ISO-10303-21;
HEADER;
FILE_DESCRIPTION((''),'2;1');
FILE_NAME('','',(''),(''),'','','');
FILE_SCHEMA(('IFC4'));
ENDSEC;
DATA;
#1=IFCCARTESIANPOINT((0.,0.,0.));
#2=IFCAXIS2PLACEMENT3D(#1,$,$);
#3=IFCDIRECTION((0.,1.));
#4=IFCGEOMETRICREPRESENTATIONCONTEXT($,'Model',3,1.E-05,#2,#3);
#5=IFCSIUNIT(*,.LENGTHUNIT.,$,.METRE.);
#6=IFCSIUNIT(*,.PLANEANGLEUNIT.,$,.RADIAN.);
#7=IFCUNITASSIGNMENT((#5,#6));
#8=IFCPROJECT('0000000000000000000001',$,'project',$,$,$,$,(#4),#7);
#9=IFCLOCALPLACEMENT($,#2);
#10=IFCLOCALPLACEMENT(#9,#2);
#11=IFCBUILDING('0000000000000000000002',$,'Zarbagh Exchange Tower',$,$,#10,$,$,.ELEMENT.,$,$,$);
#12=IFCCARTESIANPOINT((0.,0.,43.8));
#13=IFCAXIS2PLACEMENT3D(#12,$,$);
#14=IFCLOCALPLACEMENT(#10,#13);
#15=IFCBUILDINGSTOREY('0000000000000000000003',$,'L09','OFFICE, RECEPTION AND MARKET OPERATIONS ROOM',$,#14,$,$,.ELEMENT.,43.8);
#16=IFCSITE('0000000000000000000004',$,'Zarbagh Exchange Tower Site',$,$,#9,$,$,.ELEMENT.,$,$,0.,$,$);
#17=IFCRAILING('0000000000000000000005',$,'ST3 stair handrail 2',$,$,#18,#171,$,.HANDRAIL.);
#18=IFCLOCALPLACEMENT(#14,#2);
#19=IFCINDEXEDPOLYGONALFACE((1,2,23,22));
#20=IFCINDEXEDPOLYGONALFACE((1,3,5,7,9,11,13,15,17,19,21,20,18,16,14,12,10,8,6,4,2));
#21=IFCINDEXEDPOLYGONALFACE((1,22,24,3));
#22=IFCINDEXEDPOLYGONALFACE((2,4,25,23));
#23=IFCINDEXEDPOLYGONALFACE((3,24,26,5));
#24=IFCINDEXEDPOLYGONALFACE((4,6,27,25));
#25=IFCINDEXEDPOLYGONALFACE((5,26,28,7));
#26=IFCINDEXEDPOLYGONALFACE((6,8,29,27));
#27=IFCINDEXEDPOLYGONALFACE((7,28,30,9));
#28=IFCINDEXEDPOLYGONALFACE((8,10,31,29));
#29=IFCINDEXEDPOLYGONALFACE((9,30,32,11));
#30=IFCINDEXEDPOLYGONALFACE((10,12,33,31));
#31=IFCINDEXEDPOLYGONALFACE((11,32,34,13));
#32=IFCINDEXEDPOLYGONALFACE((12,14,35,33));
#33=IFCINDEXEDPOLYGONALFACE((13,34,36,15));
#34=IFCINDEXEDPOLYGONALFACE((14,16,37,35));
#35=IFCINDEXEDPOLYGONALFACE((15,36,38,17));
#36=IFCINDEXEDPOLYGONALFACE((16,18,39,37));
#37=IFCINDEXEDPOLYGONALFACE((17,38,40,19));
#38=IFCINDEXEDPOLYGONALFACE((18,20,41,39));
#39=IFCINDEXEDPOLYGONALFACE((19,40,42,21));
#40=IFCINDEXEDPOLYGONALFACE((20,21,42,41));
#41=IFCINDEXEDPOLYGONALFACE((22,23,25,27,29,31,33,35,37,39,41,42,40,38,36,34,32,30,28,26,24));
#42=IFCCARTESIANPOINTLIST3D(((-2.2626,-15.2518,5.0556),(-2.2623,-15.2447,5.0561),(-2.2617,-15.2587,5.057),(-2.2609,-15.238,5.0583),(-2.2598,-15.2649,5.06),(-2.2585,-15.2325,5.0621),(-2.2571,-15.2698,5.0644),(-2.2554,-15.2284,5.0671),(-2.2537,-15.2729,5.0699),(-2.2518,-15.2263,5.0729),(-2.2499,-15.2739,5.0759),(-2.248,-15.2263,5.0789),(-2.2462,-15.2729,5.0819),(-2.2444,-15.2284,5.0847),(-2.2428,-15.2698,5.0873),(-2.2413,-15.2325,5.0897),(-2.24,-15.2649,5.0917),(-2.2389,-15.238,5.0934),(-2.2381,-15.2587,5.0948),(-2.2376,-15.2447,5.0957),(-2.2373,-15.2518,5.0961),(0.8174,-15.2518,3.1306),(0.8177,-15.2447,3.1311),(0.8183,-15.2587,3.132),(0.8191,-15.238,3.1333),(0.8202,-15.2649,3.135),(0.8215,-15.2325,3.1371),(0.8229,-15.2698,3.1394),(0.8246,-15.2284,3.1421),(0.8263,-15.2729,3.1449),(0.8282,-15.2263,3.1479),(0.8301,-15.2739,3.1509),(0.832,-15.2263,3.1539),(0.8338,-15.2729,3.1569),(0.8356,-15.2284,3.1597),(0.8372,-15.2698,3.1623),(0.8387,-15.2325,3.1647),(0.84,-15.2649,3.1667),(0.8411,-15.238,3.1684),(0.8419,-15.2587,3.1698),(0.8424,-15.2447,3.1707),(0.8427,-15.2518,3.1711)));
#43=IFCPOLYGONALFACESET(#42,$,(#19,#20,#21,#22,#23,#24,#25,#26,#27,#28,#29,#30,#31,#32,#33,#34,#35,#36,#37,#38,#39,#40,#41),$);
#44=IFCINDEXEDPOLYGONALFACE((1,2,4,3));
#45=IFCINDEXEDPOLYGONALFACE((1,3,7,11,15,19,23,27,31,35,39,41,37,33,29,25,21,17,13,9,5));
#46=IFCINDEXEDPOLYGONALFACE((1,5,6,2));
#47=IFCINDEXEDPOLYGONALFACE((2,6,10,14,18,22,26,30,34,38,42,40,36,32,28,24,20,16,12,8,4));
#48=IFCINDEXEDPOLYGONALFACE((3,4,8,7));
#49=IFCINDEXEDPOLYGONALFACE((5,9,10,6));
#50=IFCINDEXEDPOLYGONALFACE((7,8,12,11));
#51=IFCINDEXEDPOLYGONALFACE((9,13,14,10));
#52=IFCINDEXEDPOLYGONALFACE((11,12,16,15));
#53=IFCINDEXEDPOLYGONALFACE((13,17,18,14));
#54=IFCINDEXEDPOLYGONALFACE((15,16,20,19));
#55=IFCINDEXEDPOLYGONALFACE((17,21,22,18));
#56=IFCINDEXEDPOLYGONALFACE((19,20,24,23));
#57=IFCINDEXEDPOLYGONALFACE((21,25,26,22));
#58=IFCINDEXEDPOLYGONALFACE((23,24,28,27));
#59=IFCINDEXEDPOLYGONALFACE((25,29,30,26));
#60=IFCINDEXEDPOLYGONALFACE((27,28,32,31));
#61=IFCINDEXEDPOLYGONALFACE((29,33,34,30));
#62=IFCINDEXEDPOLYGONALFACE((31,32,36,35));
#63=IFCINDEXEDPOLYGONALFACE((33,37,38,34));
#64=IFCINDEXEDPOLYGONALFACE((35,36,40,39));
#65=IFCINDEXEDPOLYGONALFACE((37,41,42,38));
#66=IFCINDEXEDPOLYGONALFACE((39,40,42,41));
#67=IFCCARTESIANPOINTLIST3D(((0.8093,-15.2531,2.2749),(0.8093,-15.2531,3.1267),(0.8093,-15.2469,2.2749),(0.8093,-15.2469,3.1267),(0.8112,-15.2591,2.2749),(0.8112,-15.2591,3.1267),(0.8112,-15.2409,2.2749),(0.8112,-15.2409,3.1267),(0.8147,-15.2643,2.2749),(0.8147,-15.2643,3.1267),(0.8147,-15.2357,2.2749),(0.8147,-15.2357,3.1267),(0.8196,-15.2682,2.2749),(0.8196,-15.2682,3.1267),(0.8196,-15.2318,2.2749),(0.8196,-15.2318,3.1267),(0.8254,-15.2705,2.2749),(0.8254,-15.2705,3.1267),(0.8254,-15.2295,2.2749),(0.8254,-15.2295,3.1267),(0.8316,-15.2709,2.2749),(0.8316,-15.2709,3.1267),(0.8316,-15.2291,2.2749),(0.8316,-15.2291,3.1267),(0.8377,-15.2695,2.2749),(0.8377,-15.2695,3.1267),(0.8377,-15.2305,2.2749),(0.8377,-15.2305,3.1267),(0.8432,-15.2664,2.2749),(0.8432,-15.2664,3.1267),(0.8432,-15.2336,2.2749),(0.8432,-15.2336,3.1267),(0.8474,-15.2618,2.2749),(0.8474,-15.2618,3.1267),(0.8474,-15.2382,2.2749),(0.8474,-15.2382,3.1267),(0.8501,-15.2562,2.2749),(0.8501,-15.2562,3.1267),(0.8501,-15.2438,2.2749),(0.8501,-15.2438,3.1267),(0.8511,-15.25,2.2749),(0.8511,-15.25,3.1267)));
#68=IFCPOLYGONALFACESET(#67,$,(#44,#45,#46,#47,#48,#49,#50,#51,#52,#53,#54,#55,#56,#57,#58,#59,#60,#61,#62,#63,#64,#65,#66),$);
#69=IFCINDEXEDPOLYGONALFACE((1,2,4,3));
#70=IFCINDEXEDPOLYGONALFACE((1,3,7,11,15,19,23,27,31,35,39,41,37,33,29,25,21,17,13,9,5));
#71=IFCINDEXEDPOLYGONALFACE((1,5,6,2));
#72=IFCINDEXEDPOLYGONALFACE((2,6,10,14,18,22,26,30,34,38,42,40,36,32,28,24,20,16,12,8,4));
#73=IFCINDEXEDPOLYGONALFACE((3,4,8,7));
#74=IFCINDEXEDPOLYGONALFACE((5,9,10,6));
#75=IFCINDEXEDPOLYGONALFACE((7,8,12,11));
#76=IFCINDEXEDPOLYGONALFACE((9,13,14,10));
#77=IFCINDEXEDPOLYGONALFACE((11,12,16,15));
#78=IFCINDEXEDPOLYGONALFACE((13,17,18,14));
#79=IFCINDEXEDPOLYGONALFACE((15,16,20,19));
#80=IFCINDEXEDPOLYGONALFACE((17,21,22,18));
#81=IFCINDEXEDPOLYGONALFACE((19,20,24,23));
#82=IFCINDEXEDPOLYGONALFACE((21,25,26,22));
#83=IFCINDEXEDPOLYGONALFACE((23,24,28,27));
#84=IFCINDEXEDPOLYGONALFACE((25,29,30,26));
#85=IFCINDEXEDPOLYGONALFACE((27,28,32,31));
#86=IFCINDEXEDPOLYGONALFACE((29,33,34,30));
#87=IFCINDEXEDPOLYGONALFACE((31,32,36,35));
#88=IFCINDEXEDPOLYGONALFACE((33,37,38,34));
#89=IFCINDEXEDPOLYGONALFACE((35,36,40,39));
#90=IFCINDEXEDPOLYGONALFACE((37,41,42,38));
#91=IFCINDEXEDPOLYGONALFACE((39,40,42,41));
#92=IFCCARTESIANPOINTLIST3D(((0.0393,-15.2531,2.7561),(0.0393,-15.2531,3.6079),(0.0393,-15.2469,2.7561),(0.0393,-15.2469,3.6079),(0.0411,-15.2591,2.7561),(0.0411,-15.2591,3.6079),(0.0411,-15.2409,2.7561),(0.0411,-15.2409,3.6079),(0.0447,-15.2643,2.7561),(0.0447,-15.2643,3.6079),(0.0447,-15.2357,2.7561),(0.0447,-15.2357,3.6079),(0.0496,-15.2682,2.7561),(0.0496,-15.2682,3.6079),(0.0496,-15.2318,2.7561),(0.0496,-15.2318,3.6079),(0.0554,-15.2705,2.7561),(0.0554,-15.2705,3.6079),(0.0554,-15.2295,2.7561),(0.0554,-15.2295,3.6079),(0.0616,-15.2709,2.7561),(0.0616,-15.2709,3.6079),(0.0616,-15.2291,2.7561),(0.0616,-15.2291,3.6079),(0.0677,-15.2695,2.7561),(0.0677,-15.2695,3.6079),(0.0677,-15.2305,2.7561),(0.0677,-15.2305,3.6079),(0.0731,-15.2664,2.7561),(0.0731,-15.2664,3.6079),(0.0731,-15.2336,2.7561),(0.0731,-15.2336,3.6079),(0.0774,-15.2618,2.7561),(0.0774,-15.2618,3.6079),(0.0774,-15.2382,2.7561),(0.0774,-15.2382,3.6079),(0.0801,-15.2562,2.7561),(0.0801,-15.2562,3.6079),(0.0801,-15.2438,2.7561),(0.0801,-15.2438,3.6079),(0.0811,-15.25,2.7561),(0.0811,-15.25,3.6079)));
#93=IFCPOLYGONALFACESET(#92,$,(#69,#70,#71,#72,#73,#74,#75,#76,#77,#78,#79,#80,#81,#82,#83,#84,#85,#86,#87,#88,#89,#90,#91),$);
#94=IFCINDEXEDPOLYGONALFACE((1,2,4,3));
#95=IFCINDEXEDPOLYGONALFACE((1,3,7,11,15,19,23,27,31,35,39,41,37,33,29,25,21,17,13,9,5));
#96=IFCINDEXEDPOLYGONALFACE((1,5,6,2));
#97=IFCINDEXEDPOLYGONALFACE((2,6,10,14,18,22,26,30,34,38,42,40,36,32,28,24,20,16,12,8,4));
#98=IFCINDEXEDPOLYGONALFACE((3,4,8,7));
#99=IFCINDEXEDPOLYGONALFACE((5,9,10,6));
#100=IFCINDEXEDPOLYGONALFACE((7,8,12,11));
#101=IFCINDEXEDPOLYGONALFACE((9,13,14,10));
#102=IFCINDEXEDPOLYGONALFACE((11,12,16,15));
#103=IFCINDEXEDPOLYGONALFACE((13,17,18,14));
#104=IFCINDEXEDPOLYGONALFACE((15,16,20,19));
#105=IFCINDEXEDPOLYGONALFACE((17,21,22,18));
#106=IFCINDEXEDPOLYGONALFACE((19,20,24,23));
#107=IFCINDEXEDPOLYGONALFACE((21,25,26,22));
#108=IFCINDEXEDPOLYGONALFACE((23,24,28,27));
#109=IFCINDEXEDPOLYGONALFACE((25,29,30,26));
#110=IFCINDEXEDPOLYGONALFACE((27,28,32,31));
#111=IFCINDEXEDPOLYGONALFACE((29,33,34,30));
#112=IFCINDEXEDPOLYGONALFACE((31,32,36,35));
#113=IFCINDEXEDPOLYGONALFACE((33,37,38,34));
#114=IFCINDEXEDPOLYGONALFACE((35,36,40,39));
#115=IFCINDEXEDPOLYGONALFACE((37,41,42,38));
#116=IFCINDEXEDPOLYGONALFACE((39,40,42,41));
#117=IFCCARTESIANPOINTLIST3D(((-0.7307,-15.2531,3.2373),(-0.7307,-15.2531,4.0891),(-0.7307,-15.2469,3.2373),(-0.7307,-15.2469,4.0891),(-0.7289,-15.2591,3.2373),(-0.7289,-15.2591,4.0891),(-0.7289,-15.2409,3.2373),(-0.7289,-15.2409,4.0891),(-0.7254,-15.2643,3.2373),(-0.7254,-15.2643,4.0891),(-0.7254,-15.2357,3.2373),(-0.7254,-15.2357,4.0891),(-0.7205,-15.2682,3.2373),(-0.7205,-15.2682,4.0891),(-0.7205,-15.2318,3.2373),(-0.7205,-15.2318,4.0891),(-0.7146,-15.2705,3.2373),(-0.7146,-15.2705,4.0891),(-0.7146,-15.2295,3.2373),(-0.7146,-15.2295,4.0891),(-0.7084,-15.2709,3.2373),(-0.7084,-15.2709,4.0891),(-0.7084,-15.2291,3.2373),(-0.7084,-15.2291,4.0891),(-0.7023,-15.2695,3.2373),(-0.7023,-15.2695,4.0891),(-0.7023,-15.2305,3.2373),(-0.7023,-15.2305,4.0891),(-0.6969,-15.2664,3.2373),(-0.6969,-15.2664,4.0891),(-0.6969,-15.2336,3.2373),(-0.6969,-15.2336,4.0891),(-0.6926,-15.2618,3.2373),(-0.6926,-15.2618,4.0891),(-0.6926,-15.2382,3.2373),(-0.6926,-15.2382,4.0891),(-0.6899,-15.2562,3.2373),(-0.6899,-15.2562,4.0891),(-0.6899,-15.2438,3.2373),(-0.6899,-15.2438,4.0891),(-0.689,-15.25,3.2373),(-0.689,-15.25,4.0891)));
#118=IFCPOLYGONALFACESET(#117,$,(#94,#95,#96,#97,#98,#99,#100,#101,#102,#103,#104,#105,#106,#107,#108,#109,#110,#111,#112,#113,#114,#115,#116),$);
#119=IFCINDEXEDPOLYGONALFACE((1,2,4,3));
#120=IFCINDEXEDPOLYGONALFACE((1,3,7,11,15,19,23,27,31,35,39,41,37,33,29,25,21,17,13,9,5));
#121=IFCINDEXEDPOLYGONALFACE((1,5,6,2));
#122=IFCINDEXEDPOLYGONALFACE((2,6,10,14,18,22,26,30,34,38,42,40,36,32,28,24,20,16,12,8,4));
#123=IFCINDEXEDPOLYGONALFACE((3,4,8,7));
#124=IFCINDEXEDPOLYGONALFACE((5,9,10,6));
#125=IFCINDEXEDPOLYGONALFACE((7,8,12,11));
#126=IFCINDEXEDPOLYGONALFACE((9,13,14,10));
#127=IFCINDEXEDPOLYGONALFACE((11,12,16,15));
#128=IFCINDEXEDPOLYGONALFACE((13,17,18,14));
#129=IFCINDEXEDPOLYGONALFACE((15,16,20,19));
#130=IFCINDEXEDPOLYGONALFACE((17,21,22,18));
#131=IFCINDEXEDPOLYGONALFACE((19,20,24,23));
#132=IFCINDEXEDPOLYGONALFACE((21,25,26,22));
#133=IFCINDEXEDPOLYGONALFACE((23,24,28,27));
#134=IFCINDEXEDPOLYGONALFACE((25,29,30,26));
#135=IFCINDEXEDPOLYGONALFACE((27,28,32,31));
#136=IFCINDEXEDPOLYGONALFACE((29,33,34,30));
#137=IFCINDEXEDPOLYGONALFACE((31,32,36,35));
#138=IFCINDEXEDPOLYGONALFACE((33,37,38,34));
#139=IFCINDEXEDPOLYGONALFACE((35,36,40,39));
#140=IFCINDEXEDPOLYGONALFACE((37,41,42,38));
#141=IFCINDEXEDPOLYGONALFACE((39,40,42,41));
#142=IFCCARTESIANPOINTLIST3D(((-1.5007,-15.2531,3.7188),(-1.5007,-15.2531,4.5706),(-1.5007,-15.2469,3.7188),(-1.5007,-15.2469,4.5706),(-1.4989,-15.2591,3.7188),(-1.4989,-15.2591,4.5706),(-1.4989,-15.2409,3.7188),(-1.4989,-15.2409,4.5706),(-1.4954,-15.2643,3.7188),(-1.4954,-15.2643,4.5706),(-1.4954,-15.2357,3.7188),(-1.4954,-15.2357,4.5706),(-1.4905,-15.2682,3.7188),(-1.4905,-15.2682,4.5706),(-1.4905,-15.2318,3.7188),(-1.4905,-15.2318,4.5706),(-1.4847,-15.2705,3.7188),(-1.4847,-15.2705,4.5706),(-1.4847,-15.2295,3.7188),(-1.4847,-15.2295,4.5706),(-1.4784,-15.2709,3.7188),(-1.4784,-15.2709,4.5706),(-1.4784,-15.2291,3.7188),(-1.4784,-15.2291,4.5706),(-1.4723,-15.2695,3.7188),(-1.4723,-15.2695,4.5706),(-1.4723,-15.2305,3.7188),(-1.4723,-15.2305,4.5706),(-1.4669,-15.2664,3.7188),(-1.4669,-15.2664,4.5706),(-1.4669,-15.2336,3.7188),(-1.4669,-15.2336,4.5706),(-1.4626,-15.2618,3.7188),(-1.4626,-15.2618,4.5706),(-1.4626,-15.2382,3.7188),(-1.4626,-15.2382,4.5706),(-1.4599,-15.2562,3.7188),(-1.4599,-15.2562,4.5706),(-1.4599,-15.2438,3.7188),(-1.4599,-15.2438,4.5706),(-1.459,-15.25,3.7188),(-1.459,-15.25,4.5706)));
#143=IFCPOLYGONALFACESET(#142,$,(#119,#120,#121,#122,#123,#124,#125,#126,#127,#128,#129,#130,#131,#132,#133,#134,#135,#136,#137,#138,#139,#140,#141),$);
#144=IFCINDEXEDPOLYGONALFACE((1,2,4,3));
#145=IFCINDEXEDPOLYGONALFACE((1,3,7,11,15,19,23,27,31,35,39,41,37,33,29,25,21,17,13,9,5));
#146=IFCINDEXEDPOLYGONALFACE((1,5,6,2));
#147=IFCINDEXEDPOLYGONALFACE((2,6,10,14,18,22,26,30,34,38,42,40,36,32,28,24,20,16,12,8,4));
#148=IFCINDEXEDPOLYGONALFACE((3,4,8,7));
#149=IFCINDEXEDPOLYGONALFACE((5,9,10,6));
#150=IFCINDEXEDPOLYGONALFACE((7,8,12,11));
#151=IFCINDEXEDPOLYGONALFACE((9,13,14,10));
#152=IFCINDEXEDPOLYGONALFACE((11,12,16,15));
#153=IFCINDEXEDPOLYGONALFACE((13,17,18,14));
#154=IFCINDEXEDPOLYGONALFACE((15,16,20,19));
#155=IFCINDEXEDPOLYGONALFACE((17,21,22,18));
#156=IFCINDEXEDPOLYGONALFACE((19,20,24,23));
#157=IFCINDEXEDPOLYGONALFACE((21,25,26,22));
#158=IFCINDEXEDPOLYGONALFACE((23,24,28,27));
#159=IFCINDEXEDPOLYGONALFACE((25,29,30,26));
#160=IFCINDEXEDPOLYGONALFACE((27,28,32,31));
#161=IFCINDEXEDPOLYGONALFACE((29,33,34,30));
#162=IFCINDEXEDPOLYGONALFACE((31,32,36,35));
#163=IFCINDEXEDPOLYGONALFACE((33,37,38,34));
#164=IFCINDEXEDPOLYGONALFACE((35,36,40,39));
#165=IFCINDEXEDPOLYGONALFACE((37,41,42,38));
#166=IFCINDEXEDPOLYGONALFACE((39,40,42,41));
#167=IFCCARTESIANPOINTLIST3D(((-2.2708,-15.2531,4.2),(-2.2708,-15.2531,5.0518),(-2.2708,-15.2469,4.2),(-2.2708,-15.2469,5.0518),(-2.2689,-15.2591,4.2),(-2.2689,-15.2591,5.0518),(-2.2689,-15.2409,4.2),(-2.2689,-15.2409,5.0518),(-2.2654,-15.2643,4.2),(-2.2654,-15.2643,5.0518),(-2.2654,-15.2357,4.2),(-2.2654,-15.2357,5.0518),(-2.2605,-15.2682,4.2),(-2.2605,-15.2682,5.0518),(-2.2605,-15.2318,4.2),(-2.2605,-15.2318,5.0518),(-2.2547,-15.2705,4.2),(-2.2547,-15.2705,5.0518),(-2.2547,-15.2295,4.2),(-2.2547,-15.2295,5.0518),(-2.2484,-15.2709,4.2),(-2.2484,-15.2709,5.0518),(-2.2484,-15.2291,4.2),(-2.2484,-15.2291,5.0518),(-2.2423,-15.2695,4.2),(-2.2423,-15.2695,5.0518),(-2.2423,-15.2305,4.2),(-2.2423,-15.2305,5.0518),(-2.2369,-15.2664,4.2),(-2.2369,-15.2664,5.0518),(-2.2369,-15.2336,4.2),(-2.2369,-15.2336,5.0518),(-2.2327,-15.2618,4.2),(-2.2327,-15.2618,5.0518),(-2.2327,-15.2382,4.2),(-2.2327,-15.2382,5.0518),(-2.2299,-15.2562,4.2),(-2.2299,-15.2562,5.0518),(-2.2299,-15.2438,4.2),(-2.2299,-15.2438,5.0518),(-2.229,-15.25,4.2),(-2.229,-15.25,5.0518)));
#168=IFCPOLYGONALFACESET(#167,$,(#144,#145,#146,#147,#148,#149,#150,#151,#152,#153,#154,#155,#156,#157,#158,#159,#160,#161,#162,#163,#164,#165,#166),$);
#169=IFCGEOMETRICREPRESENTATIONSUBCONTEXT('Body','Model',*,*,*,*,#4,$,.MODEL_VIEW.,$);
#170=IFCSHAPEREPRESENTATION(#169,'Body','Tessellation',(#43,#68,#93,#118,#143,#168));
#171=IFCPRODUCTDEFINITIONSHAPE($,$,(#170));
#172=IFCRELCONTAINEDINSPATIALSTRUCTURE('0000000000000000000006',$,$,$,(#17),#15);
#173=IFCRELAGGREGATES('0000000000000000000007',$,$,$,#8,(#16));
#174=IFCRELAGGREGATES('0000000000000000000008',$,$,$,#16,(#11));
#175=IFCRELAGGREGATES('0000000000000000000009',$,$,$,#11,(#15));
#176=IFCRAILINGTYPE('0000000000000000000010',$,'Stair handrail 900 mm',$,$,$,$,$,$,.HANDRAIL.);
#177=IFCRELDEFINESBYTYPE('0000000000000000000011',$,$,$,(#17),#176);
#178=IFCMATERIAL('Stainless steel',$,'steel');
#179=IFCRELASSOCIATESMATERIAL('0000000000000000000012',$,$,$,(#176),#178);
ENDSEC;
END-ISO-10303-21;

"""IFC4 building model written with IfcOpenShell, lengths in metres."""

from ifc_helpers import new_model, si_unit, direction, frame, origin, origin_2d, place, context, subcontext, project, spatial, circle, extrude, material, type_object, element, save


model = new_model("IFC4")

# Units and contexts
model_context = context("Model", 3, precision=1e-05, world=origin(), true_north=direction((0.0, 1.0)))
body_context = subcontext(model_context, "Body", "Model", "MODEL_VIEW")
ifc_project = project(units=[si_unit("LENGTHUNIT", "METRE"), si_unit("PLANEANGLEUNIT", "RADIAN")], contexts=[model_context])

# Site, building, storey
site_placement = place(None, origin())
site = spatial("IfcSite", under=ifc_project, at=site_placement, Name="Zarbagh Exchange Tower Site", CompositionType="ELEMENT", RefElevation=0.0)
building_placement = place(site_placement, origin())
building = spatial("IfcBuilding", under=site, at=building_placement, Name="Zarbagh Exchange Tower", CompositionType="ELEMENT")
storey_placement = place(building_placement, frame((0.0, 0.0, 43.8)))
storey = spatial("IfcBuildingStorey", under=building, at=storey_placement, Name="L09", Description="OFFICE, RECEPTION AND MARKET OPERATIONS ROOM", CompositionType="ELEMENT", Elevation=43.8)

# Railing
ifc_material_1 = material(Name="Stainless steel", Category="steel")
railing_type_1 = type_object("IfcRailingType", Name="Stair handrail 900 mm", PredefinedType="HANDRAIL", material=ifc_material_1)
railing_1_placement = place(storey_placement, frame((0.8301, -15.25, 2.2749)))
element("IfcRailing", 1, at=railing_1_placement, inside=storey, type_object=railing_type_1, Name="ST3 stair handrail 2", PredefinedType="HANDRAIL", context=body_context, shape_type="SweptSolid", body=[
    extrude(circle(Radius=0.0239, at=origin_2d()), frame((0.0, 0.0, 0.876), z_axis=(-0.847998, 0.0, 0.529999), x_axis=(0.0, -1.0, 0.0)), (0.0, 0.0, 1.0), 3.6321),
    extrude(circle(Radius=0.021, at=origin_2d()), origin(), (0.0, 0.0, 1.0), 0.8518),
    extrude(circle(Radius=0.021, at=origin_2d()), frame((-0.77, 0.0, 0.4812)), (0.0, 0.0, 1.0), 0.8518),
    extrude(circle(Radius=0.021, at=origin_2d()), frame((-1.54, 0.0, 0.9624)), (0.0, 0.0, 1.0), 0.8518),
    extrude(circle(Radius=0.021, at=origin_2d()), frame((-2.3101, 0.0, 1.4438)), (0.0, 0.0, 1.0), 0.8518),
    extrude(circle(Radius=0.021, at=origin_2d()), frame((-3.0801, 0.0, 1.925)), (0.0, 0.0, 1.0), 0.8518),
])

save(model, "model.ifc")
